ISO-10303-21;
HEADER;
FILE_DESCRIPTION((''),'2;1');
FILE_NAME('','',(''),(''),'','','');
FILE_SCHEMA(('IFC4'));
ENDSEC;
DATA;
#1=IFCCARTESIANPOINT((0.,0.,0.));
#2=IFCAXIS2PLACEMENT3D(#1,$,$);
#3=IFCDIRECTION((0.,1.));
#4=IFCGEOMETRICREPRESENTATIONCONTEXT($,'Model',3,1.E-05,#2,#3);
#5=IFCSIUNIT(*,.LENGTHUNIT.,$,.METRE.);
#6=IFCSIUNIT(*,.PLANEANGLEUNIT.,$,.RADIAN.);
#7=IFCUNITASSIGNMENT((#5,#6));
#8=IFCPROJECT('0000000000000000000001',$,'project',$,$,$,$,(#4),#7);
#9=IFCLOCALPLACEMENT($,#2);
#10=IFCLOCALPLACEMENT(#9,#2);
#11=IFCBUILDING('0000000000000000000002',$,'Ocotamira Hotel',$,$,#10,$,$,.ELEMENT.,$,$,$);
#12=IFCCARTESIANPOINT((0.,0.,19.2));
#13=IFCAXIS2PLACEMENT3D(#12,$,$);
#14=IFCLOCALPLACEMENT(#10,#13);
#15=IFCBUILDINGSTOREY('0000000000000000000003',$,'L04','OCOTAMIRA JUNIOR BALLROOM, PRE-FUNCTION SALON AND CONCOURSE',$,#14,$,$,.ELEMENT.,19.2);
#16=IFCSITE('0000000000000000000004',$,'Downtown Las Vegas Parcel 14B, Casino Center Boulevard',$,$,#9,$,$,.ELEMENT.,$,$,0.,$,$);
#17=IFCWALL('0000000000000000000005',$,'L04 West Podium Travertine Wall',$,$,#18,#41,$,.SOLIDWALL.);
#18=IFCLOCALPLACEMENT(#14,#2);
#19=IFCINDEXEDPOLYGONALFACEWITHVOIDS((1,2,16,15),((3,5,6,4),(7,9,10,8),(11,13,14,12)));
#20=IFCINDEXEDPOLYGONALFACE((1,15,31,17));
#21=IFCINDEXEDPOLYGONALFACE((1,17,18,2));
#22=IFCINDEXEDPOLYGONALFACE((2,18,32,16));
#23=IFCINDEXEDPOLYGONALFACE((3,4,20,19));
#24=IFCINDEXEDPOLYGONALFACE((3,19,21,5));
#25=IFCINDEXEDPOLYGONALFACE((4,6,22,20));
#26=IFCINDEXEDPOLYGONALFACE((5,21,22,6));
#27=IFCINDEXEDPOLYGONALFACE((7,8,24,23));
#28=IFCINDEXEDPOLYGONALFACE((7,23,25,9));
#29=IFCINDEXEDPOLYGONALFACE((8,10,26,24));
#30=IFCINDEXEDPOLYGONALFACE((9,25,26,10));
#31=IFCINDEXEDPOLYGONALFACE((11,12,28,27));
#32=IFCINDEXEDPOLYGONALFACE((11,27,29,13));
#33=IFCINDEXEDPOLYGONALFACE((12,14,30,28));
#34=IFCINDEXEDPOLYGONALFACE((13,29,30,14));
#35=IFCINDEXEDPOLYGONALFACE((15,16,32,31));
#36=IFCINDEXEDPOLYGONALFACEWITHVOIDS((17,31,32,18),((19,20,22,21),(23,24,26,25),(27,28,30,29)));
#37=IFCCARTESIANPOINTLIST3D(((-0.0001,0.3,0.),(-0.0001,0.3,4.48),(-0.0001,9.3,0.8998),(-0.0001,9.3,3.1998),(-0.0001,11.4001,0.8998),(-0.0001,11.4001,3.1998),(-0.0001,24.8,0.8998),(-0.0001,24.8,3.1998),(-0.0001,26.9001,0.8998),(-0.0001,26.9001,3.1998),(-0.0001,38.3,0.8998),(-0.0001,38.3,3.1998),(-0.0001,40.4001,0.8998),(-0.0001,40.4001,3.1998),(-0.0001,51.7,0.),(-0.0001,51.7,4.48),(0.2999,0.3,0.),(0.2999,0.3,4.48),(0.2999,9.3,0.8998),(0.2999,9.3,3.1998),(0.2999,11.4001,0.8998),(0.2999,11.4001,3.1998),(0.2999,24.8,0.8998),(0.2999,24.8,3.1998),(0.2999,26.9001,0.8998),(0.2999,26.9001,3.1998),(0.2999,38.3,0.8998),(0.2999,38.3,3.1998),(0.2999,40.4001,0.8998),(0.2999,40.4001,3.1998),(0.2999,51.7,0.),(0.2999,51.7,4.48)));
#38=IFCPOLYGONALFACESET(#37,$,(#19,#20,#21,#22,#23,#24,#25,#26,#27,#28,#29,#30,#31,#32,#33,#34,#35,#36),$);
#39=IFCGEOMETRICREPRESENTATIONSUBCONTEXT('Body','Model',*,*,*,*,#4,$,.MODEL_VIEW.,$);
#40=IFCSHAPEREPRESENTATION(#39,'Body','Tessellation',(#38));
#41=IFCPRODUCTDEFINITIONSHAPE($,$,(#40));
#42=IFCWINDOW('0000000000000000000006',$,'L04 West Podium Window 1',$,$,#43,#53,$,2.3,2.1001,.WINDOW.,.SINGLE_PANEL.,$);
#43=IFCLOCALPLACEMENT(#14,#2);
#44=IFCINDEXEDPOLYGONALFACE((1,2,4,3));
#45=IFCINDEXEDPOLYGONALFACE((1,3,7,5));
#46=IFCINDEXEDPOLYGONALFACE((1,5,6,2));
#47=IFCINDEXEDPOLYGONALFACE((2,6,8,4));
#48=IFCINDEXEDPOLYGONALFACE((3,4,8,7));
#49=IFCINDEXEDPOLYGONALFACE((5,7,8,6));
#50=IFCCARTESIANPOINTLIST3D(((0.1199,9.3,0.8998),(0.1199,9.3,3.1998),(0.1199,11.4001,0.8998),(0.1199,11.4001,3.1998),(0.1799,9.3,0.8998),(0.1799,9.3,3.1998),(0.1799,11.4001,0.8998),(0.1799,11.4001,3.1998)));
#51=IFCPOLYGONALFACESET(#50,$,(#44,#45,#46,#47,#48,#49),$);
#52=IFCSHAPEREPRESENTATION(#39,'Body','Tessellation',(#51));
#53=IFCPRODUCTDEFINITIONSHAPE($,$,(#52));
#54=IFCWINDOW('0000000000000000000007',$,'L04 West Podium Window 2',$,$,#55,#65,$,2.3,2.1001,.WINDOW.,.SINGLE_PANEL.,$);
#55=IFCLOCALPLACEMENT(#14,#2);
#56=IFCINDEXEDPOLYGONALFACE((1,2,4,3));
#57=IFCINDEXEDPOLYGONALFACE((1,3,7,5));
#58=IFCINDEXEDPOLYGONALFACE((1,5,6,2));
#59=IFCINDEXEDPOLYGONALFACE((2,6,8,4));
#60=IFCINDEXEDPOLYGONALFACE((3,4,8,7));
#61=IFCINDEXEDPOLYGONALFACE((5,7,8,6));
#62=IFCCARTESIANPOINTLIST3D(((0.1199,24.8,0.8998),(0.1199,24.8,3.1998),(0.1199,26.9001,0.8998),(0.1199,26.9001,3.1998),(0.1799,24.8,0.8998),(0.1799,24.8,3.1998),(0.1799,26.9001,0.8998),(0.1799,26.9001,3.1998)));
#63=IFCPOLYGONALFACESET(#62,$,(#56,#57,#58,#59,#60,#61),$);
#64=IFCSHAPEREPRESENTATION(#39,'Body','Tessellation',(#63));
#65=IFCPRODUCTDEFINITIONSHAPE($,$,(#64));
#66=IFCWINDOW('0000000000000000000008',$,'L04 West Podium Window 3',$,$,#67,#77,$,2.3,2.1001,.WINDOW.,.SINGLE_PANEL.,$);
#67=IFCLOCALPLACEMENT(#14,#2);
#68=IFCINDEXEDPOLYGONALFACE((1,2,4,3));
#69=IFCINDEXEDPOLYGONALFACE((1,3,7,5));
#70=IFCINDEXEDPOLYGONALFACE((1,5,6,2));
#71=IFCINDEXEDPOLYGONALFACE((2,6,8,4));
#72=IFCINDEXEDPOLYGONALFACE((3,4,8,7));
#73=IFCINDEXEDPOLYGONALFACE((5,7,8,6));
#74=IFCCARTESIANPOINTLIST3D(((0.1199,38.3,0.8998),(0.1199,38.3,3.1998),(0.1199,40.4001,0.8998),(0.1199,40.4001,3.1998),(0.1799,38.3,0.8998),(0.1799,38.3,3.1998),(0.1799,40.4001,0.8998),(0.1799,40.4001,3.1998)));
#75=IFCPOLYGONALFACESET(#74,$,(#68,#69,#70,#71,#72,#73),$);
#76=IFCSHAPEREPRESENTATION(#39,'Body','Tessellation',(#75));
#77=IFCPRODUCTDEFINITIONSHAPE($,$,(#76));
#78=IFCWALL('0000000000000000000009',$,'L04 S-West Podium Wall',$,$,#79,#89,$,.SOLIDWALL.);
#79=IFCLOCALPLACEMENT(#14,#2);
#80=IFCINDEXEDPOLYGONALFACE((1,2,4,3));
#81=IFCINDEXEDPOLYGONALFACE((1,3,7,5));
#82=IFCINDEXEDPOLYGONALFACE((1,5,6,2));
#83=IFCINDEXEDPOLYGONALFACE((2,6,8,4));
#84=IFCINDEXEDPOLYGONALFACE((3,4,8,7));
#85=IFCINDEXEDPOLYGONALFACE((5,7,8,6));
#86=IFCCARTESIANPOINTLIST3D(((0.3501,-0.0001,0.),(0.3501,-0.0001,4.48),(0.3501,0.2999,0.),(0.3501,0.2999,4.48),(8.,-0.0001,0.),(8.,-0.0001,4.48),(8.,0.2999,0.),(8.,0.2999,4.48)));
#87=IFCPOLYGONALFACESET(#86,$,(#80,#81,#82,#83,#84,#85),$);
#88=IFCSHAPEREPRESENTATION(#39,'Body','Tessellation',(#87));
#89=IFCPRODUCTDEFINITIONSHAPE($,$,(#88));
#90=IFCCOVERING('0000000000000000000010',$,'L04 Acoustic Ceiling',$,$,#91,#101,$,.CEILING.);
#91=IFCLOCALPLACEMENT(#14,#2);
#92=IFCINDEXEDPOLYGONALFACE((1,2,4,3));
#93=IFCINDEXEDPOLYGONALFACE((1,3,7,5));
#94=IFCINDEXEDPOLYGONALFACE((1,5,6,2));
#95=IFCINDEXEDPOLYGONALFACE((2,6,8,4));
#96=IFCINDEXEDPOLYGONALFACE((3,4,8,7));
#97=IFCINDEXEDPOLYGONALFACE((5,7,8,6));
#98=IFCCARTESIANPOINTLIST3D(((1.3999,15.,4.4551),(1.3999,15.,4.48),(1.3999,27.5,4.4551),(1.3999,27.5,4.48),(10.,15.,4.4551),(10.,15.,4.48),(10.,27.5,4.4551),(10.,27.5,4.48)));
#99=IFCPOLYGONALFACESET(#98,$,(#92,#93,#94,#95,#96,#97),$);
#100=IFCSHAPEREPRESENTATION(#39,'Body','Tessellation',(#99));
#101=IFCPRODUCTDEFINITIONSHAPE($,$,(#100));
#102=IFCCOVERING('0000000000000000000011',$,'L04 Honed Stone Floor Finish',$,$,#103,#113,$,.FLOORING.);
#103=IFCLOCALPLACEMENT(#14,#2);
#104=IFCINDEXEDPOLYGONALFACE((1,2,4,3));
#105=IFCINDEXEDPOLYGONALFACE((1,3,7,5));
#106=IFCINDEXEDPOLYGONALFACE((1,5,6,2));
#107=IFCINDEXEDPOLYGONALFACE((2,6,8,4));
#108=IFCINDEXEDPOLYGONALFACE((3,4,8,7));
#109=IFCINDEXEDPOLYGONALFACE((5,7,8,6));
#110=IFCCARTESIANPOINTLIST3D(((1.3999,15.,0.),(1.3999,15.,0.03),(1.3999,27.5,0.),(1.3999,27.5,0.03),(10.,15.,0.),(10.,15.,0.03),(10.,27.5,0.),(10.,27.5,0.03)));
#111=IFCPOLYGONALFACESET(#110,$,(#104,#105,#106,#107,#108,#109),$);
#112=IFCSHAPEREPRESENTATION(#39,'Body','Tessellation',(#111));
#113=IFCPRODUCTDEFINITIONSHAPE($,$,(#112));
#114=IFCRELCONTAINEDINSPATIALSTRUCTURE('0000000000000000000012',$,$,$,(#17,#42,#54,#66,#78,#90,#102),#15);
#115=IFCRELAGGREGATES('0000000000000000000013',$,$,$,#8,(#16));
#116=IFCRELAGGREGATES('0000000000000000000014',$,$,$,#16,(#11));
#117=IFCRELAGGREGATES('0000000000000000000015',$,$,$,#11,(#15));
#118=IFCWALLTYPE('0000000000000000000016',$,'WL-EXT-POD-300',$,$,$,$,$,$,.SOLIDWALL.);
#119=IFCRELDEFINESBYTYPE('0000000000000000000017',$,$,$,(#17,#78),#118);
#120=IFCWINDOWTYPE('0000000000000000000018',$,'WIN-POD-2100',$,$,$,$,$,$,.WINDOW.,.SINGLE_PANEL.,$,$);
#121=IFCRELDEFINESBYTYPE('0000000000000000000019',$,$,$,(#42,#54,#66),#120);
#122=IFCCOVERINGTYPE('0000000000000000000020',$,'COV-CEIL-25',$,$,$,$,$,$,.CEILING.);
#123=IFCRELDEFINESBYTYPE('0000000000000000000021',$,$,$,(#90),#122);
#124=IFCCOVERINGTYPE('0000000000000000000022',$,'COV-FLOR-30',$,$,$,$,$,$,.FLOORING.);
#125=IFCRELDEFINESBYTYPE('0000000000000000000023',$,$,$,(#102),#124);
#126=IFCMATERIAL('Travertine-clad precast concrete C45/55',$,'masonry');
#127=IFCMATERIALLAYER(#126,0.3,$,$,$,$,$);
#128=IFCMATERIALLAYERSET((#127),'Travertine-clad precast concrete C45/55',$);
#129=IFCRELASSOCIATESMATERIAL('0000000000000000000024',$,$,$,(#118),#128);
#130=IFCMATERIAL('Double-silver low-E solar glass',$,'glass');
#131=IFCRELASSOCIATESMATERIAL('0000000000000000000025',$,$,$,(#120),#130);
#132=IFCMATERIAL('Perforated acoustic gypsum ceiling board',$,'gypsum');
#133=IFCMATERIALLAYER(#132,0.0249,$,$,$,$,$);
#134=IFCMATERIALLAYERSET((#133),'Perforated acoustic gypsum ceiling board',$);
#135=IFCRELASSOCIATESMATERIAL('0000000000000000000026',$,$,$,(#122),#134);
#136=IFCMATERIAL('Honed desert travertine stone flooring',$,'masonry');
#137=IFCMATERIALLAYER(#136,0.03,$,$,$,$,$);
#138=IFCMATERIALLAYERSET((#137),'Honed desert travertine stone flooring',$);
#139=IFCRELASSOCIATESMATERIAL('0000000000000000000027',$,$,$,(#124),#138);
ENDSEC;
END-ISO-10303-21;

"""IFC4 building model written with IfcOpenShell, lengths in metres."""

from ifc_helpers import new_model, si_unit, direction, frame, frame_2d, origin, place, context, subcontext, project, spatial, polyline, rectangle, outline, extrude, source, transform, mapped, material, layer, layer_set, type_object, element, fill, save


model = new_model("IFC4")

# Units and contexts
model_context = context("Model", 3, precision=1e-05, world=origin(), true_north=direction((0.0, 1.0)))
body_context = subcontext(model_context, "Body", "Model", "MODEL_VIEW")
ifc_project = project(units=[si_unit("LENGTHUNIT", "METRE"), si_unit("PLANEANGLEUNIT", "RADIAN")], contexts=[model_context])

# Site, building, storey
site_placement = place(None, origin())
site = spatial("IfcSite", under=ifc_project, at=site_placement, Name="Downtown Las Vegas Parcel 14B, Casino Center Boulevard", CompositionType="ELEMENT", RefElevation=0.0)
building_placement = place(site_placement, origin())
building = spatial("IfcBuilding", under=site, at=building_placement, Name="Ocotamira Hotel", CompositionType="ELEMENT")
storey_placement = place(building_placement, frame((0.0, 0.0, 19.2)))
storey = spatial("IfcBuildingStorey", under=building, at=storey_placement, Name="L04", Description="OCOTAMIRA JUNIOR BALLROOM, PRE-FUNCTION SALON AND CONCOURSE", CompositionType="ELEMENT", Elevation=19.2)

# Wall, openings, windows
ifc_material_1 = material(Name="Travertine-clad precast concrete C45/55", Category="masonry")
ifc_layer_1 = layer(ifc_material_1, 0.3)
ifc_layer_set_1 = layer_set([ifc_layer_1], Name="Travertine-clad precast concrete C45/55")
wall_type = type_object("IfcWallType", Name="WL-EXT-POD-300", PredefinedType="SOLIDWALL", material=ifc_layer_set_1)
wall_1_placement = place(storey_placement, frame((0.1499, 0.3, 0.0), z_axis=(0.0, 0.0, 1.0), x_axis=(0.0, 1.0, 0.0)))
wall_1 = element("IfcWall", 1, at=wall_1_placement, inside=storey, type_object=wall_type, Name="L04 West Podium Travertine Wall", PredefinedType="SOLIDWALL", context=body_context, shape_type="SweptSolid", body=[
    extrude(rectangle(XDim=51.3999, YDim=0.3, at=frame_2d((25.7, 0.0))), origin(), (0.0, 0.0, 1.0), 4.48),
])
opening_1_placement = place(wall_1_placement, frame((9.0, 0.0, 0.8999)))
opening_1 = element("IfcOpeningElement", 2, at=opening_1_placement, cuts=wall_1, PredefinedType="OPENING", context=body_context, shape_type="SweptSolid", body=[
    extrude(rectangle(XDim=2.1001, YDim=2.3, at=frame_2d((1.05, 1.1499))), frame((0.0, 0.1602, 0.0), z_axis=(0.0, -1.0, 0.0), x_axis=(1.0, 0.0, 0.0)), (0.0, 0.0, 1.0), 0.3201),
])
opening_2_placement = place(wall_1_placement, frame((24.5, 0.0, 0.8999)))
opening_2 = element("IfcOpeningElement", 3, at=opening_2_placement, cuts=wall_1, PredefinedType="OPENING", context=body_context, shape_type="SweptSolid", body=[
    extrude(rectangle(XDim=2.1001, YDim=2.3, at=frame_2d((1.05, 1.1499))), frame((0.0, 0.1602, 0.0), z_axis=(0.0, -1.0, 0.0), x_axis=(1.0, 0.0, 0.0)), (0.0, 0.0, 1.0), 0.3201),
])
opening_3_placement = place(wall_1_placement, frame((38.0, 0.0, 0.8999)))
opening_3 = element("IfcOpeningElement", 4, at=opening_3_placement, cuts=wall_1, PredefinedType="OPENING", context=body_context, shape_type="SweptSolid", body=[
    extrude(rectangle(XDim=2.1001, YDim=2.3, at=frame_2d((1.05, 1.1499))), frame((0.0, 0.1602, 0.0), z_axis=(0.0, -1.0, 0.0), x_axis=(1.0, 0.0, 0.0)), (0.0, 0.0, 1.0), 0.3201),
])
ifc_material_2 = material(Name="Double-silver low-E solar glass", Category="glass")
window_type = type_object("IfcWindowType", Name="WIN-POD-2100", PartitioningType="SINGLE_PANEL", PredefinedType="WINDOW", material=ifc_material_2)
shared_shape_1 = source(origin(), body_context, "Body", "SweptSolid", [
    extrude(rectangle(XDim=2.1001, YDim=2.3, at=frame_2d((1.05, 1.1499))), frame((0.0, 0.03, 0.0), z_axis=(0.0, -1.0, 0.0), x_axis=(1.0, 0.0, 0.0)), (0.0, 0.0, 1.0), 0.0601),
])
window_1_placement = place(opening_1_placement, origin())
window_1 = element("IfcWindow", 5, at=window_1_placement, inside=storey, type_object=window_type, Name="L04 West Podium Window 1", OverallHeight=2.3, OverallWidth=2.1001, PartitioningType="SINGLE_PANEL", PredefinedType="WINDOW", context=body_context, shape_type="MappedRepresentation", body=[
    mapped(shared_shape_1, transform((0.0, 0.0, 0.0), scale=1.0)),
])
fill(opening_1, window_1)
window_2_placement = place(opening_2_placement, origin())
window_2 = element("IfcWindow", 6, at=window_2_placement, inside=storey, type_object=window_type, Name="L04 West Podium Window 2", OverallHeight=2.3, OverallWidth=2.1001, PartitioningType="SINGLE_PANEL", PredefinedType="WINDOW", context=body_context, shape_type="MappedRepresentation", body=[
    mapped(shared_shape_1, transform((0.0, 0.0, 0.0), scale=1.0)),
])
fill(opening_2, window_2)
window_3_placement = place(opening_3_placement, origin())
window_3 = element("IfcWindow", 7, at=window_3_placement, inside=storey, type_object=window_type, Name="L04 West Podium Window 3", OverallHeight=2.3, OverallWidth=2.1001, PartitioningType="SINGLE_PANEL", PredefinedType="WINDOW", context=body_context, shape_type="MappedRepresentation", body=[
    mapped(shared_shape_1, transform((0.0, 0.0, 0.0), scale=1.0)),
])
fill(opening_3, window_3)

# Wall
wall_2_placement = place(storey_placement, frame((8.0, 0.1499, 0.0), z_axis=(0.0, 0.0, 1.0), x_axis=(-1.0, 0.0, 0.0)))
element("IfcWall", 8, at=wall_2_placement, inside=storey, type_object=wall_type, Name="L04 S-West Podium Wall", PredefinedType="SOLIDWALL", context=body_context, shape_type="SweptSolid", body=[
    extrude(rectangle(XDim=7.6499, YDim=0.3, at=frame_2d((3.825, 0.0))), origin(), (0.0, 0.0, 1.0), 4.48),
])

# Coverings
ifc_material_3 = material(Name="Perforated acoustic gypsum ceiling board", Category="gypsum")
ifc_layer_2 = layer(ifc_material_3, 0.0249)
ifc_layer_set_2 = layer_set([ifc_layer_2], Name="Perforated acoustic gypsum ceiling board")
covering_type_1 = type_object("IfcCoveringType", Name="COV-CEIL-25", PredefinedType="CEILING", material=ifc_layer_set_2)
covering_1_placement = place(storey_placement, frame((0.0, 0.0, 4.4551)))
element("IfcCovering", 9, at=covering_1_placement, inside=storey, type_object=covering_type_1, Name="L04 Acoustic Ceiling", PredefinedType="CEILING", context=body_context, shape_type="SweptSolid", body=[
    extrude(outline(polyline([(1.3999, 15.0), (10.0, 15.0), (10.0, 27.5), (1.3999, 27.5), (1.3999, 15.0)])), origin(), (0.0, 0.0, 1.0), 0.0249),
])
ifc_material_4 = material(Name="Honed desert travertine stone flooring", Category="masonry")
ifc_layer_3 = layer(ifc_material_4, 0.03)
ifc_layer_set_3 = layer_set([ifc_layer_3], Name="Honed desert travertine stone flooring")
covering_type_2 = type_object("IfcCoveringType", Name="COV-FLOR-30", PredefinedType="FLOORING", material=ifc_layer_set_3)
covering_2_placement = place(storey_placement, origin())
element("IfcCovering", 10, at=covering_2_placement, inside=storey, type_object=covering_type_2, Name="L04 Honed Stone Floor Finish", PredefinedType="FLOORING", context=body_context, shape_type="SweptSolid", body=[
    extrude(outline(polyline([(1.3999, 15.0), (10.0, 15.0), (10.0, 27.5), (1.3999, 27.5), (1.3999, 15.0)])), origin(), (0.0, 0.0, 1.0), 0.03),
])

save(model, "model.ifc")
